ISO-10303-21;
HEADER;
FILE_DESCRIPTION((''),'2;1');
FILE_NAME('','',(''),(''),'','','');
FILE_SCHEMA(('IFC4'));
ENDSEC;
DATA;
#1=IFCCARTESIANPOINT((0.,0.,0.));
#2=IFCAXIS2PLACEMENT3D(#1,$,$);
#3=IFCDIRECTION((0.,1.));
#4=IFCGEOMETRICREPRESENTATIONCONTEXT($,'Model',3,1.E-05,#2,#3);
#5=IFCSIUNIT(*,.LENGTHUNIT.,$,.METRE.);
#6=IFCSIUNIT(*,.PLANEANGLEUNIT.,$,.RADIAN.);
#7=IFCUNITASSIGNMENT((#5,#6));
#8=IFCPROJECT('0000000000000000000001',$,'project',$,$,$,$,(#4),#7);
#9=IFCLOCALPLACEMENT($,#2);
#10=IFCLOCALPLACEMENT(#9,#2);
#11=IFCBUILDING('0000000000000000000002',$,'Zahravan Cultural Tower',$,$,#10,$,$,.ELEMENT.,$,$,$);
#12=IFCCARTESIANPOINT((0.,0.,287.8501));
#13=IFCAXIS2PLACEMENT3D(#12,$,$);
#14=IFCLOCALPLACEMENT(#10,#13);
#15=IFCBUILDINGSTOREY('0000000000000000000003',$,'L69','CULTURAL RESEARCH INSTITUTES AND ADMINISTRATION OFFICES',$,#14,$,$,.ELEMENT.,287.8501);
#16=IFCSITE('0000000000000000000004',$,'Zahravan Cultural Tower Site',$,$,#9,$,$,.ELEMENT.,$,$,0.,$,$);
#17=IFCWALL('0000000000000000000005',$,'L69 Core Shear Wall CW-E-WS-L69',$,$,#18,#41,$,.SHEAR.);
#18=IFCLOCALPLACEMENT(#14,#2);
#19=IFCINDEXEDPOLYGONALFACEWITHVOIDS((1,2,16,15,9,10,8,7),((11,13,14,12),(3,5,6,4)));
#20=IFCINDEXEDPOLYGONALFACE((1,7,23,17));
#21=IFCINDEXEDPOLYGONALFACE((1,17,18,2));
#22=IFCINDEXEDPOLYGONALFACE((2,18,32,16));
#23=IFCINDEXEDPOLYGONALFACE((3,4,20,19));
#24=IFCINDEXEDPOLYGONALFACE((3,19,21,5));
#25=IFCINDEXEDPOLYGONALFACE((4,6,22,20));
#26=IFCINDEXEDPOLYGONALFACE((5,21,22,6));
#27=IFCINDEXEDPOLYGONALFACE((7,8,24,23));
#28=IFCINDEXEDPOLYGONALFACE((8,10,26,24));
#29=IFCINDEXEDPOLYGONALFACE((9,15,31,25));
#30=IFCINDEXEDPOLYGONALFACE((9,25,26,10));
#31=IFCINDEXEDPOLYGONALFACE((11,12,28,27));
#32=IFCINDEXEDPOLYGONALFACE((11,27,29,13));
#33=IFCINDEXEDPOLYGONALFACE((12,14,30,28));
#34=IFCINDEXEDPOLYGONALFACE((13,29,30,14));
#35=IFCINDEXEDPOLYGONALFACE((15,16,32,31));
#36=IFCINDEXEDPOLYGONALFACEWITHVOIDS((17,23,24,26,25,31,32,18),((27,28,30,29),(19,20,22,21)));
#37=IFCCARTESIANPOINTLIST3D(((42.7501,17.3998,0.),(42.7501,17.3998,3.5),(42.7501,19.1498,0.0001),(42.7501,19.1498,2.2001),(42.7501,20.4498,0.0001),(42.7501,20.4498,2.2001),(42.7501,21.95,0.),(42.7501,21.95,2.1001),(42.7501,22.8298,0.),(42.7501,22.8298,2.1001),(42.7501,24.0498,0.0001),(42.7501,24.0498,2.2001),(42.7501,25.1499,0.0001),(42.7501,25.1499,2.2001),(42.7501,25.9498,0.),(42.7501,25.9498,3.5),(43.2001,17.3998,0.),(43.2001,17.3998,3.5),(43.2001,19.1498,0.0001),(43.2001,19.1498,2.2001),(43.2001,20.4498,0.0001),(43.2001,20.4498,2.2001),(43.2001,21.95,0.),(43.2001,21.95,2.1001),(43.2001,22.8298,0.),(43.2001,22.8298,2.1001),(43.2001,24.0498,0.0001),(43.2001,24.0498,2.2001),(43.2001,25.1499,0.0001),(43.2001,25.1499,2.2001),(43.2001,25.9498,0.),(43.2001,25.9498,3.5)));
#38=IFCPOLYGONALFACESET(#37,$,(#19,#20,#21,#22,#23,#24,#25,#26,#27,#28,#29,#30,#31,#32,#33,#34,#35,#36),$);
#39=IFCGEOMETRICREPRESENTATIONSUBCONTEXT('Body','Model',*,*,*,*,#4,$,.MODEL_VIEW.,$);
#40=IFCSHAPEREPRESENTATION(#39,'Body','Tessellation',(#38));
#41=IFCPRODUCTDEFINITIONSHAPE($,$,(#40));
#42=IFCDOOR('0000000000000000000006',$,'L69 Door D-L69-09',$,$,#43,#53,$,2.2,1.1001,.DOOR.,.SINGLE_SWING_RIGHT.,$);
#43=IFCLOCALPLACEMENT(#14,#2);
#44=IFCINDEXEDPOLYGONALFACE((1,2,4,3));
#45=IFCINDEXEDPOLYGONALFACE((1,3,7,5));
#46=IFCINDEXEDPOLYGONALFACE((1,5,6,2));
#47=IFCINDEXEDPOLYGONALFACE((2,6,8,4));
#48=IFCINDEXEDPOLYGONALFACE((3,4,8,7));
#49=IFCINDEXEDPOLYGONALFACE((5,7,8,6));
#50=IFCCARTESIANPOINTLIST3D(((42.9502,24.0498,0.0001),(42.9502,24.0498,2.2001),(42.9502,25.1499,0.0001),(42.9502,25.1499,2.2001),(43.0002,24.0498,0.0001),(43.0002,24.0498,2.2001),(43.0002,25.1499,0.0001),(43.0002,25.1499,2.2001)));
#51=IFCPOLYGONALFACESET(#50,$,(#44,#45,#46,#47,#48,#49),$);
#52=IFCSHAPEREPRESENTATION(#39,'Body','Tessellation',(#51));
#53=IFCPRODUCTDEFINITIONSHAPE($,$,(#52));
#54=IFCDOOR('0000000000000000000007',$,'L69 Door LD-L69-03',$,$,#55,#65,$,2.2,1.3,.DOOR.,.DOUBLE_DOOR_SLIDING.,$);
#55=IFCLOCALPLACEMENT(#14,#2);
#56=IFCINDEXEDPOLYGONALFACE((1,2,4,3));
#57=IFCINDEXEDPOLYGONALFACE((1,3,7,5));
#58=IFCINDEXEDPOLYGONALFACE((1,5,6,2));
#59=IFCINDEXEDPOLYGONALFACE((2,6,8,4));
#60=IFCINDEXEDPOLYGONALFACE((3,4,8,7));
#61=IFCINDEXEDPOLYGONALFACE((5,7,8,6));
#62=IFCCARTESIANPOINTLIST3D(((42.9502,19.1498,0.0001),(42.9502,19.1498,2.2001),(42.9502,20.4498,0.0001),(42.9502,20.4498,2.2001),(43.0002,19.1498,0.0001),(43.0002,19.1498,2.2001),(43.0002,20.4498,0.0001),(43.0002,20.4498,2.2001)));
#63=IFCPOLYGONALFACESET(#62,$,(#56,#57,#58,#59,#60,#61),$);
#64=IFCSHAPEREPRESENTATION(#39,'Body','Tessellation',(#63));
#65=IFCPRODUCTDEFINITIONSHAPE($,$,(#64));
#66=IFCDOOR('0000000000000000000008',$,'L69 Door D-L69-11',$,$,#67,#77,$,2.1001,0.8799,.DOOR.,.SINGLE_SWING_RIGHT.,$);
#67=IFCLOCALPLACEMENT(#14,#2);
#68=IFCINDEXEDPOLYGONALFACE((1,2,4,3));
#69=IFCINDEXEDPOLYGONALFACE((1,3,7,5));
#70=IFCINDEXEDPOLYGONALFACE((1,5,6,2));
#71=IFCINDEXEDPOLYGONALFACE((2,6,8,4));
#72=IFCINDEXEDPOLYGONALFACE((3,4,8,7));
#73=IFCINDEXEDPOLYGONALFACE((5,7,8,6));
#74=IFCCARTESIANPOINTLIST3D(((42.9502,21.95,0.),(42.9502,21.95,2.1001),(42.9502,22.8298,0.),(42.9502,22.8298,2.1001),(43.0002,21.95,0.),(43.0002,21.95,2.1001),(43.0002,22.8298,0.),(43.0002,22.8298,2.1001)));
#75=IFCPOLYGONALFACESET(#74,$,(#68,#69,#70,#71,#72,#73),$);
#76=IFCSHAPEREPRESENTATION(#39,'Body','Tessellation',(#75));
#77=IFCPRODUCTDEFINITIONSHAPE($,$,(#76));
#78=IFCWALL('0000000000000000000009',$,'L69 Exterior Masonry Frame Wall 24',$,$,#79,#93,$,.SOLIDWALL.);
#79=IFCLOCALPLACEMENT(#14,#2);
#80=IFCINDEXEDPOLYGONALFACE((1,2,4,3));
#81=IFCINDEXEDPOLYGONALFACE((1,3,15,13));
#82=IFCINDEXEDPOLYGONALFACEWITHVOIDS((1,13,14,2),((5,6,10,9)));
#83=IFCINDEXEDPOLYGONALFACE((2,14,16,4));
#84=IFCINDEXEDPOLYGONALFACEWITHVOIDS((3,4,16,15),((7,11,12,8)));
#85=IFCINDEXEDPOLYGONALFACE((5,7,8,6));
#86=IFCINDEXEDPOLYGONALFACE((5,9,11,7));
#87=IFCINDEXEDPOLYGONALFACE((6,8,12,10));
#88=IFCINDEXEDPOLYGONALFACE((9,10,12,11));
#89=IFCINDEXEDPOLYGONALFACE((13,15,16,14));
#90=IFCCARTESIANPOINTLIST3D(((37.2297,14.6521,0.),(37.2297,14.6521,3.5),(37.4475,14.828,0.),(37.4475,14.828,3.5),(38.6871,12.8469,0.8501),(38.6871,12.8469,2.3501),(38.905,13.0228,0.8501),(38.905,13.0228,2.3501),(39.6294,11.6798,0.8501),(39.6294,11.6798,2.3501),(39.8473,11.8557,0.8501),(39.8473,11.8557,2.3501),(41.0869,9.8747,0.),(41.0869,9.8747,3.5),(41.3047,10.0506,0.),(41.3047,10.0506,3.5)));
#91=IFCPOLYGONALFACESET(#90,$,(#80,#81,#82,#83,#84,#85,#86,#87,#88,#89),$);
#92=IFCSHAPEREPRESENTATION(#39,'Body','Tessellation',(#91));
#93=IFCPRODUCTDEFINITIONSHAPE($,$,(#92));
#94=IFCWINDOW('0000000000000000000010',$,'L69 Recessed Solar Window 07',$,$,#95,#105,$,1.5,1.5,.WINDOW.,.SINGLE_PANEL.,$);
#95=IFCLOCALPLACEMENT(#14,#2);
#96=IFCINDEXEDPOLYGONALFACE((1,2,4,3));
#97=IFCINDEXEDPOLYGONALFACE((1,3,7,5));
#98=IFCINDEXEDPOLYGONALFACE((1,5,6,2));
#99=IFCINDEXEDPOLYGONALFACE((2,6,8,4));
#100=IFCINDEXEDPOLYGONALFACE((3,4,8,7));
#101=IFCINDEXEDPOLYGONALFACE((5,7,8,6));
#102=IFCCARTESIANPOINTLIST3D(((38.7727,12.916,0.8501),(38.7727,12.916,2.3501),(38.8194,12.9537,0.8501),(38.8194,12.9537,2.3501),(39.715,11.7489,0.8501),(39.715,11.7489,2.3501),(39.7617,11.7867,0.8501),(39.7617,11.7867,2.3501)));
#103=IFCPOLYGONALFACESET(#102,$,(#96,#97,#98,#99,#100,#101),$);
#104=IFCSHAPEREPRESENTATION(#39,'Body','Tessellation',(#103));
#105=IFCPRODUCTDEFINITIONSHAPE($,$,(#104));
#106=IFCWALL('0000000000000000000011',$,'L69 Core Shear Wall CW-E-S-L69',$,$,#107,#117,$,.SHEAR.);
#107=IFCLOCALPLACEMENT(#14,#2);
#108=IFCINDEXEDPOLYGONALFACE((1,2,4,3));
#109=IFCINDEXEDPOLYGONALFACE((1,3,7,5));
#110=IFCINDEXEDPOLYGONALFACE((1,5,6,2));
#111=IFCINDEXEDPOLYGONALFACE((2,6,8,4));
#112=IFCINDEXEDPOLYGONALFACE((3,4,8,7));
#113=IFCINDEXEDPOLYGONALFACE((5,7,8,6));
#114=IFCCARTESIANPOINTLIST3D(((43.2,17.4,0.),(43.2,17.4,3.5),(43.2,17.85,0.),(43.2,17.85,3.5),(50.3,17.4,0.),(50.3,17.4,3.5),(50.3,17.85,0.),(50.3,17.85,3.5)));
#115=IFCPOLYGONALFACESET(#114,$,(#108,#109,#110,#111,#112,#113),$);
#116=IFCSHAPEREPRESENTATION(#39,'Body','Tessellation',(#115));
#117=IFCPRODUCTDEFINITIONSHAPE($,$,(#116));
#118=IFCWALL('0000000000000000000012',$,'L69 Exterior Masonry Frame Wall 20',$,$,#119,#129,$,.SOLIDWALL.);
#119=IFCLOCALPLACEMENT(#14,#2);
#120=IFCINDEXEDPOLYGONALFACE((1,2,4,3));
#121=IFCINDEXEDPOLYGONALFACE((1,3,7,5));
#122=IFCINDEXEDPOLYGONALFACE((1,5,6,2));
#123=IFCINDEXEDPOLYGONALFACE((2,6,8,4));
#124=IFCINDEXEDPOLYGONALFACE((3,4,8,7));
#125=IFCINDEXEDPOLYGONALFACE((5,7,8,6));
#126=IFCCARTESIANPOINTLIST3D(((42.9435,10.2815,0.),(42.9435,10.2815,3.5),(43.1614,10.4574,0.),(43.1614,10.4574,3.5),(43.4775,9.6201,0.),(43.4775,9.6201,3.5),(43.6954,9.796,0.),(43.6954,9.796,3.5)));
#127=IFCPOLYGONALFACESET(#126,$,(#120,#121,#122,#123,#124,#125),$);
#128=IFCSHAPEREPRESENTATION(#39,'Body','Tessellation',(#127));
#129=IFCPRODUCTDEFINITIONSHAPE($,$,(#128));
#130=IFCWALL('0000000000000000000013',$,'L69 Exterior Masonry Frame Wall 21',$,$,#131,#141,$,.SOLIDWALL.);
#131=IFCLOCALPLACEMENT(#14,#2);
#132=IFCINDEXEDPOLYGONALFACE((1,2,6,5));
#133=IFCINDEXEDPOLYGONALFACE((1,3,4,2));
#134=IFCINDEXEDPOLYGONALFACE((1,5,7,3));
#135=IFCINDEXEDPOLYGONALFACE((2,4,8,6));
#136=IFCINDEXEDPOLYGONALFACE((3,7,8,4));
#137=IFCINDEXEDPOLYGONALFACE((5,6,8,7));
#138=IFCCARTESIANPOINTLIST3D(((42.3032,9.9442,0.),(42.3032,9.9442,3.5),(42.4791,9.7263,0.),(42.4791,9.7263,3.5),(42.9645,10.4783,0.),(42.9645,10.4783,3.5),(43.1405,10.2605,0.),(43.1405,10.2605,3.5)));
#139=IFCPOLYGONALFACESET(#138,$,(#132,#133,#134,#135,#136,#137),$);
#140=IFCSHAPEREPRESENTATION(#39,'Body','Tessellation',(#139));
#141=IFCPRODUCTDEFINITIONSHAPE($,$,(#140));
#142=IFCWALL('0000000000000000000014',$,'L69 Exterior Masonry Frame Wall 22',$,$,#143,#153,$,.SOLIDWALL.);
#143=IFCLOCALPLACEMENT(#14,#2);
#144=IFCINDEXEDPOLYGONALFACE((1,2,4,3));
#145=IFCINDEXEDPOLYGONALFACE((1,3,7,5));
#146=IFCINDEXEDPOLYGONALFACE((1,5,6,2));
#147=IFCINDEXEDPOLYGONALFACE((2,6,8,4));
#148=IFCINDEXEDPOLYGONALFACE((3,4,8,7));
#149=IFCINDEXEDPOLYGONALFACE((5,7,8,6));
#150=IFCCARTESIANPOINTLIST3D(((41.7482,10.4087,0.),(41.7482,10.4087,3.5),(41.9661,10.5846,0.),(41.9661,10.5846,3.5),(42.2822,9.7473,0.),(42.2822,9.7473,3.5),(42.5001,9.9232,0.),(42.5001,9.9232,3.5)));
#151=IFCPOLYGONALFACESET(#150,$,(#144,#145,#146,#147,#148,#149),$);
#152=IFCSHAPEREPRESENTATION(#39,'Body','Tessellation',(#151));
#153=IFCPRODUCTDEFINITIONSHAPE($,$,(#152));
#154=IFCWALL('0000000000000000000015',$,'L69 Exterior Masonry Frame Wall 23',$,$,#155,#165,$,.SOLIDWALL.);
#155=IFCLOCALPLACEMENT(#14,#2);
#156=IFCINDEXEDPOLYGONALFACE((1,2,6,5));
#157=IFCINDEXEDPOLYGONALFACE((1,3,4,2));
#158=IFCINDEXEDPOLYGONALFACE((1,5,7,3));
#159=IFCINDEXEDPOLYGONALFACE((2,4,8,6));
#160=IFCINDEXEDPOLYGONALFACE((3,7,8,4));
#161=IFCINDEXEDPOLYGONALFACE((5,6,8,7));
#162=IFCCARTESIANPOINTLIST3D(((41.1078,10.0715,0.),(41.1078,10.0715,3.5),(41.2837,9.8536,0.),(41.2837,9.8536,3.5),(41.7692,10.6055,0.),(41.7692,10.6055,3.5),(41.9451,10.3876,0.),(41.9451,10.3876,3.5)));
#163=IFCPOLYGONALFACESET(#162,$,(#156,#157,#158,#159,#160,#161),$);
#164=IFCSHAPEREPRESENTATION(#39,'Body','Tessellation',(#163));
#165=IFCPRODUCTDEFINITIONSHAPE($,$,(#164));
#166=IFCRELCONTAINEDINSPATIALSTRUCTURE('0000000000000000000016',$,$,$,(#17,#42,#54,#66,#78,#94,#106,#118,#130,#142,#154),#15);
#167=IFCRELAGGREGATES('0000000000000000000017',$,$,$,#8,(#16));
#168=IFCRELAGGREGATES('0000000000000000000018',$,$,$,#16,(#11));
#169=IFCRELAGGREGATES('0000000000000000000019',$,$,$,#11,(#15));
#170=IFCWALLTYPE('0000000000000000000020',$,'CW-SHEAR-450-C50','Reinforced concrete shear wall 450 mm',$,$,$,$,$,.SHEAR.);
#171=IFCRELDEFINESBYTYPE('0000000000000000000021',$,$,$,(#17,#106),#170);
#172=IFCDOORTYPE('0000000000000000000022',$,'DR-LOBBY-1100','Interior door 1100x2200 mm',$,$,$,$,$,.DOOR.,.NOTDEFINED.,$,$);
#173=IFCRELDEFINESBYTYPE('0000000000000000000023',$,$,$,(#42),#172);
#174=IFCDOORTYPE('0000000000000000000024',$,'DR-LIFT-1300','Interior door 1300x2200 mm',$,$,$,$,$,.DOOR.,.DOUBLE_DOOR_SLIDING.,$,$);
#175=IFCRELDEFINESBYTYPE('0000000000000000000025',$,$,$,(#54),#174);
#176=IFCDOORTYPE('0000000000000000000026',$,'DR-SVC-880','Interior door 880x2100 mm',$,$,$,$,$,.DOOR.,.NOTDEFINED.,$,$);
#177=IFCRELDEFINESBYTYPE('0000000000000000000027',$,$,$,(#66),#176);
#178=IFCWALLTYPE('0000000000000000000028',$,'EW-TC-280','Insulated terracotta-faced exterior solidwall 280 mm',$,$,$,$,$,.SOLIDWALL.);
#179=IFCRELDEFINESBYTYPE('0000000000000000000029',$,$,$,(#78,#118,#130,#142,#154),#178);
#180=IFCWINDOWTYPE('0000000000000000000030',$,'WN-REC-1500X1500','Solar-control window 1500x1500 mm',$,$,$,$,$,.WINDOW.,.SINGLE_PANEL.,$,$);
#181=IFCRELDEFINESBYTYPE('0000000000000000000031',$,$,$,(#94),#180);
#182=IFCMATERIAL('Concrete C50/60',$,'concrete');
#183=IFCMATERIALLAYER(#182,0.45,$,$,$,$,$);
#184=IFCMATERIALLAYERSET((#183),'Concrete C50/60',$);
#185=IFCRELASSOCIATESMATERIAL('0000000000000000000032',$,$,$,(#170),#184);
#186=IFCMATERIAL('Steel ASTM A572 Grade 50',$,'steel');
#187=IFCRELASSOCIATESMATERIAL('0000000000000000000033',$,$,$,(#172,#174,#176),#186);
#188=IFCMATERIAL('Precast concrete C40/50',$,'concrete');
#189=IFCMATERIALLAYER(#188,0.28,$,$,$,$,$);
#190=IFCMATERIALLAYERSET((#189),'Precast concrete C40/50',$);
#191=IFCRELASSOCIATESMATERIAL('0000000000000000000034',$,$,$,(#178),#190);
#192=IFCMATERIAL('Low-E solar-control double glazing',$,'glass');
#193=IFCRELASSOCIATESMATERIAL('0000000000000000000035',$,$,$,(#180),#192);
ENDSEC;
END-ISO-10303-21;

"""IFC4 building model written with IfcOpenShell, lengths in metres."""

from ifc_helpers import new_model, si_unit, direction, frame, frame_2d, origin, place, context, subcontext, project, spatial, rectangle, extrude, source, transform, mapped, material, layer, layer_set, type_object, element, fill, save


model = new_model("IFC4")

# Units and contexts
model_context = context("Model", 3, precision=1e-05, world=origin(), true_north=direction((0.0, 1.0)))
body_context = subcontext(model_context, "Body", "Model", "MODEL_VIEW")
ifc_project = project(units=[si_unit("LENGTHUNIT", "METRE"), si_unit("PLANEANGLEUNIT", "RADIAN")], contexts=[model_context])

# Site, building, storey
site_placement = place(None, origin())
site = spatial("IfcSite", under=ifc_project, at=site_placement, Name="Zahravan Cultural Tower Site", CompositionType="ELEMENT", RefElevation=0.0)
building_placement = place(site_placement, origin())
building = spatial("IfcBuilding", under=site, at=building_placement, Name="Zahravan Cultural Tower", CompositionType="ELEMENT")
storey_placement = place(building_placement, frame((0.0, 0.0, 287.8501)))
storey = spatial("IfcBuildingStorey", under=building, at=storey_placement, Name="L69", Description="CULTURAL RESEARCH INSTITUTES AND ADMINISTRATION OFFICES", CompositionType="ELEMENT", Elevation=287.8501)

# Shared definitions
ifc_material_1 = material(Name="Concrete C50/60", Category="concrete")

# Wall, openings, doors
ifc_layer_1 = layer(ifc_material_1, 0.45)
ifc_layer_set_1 = layer_set([ifc_layer_1], Name="Concrete C50/60")
wall_type_1 = type_object("IfcWallType", Name="CW-SHEAR-450-C50", Description="Reinforced concrete shear wall 450 mm", PredefinedType="SHEAR", material=ifc_layer_set_1)
wall_1_placement = place(storey_placement, frame((42.9751, 17.3999, 0.0), z_axis=(0.0, 0.0, 1.0), x_axis=(0.0, 1.0, 0.0)))
wall_1 = element("IfcWall", 1, at=wall_1_placement, inside=storey, type_object=wall_type_1, Name="L69 Core Shear Wall CW-E-WS-L69", PredefinedType="SHEAR", context=body_context, shape_type="SweptSolid", body=[
    extrude(rectangle(XDim=8.55, YDim=0.45, at=frame_2d((4.2749, 0.0))), origin(), (0.0, 0.0, 1.0), 3.5),
])
opening_1_placement = place(wall_1_placement, frame((6.6499, 0.0, 0.0)))
opening_1 = element("IfcOpeningElement", 2, at=opening_1_placement, cuts=wall_1, PredefinedType="OPENING", context=body_context, shape_type="SweptSolid", body=[
    extrude(rectangle(XDim=1.1001, YDim=2.2, at=frame_2d((0.55, 1.1001))), frame((0.0, 0.2349, 0.0), z_axis=(0.0, -1.0, 0.0), x_axis=(1.0, 0.0, 0.0)), (0.0, 0.0, 1.0), 0.47),
])
opening_2_placement = place(wall_1_placement, frame((1.75, 0.0, 0.0)))
opening_2 = element("IfcOpeningElement", 3, at=opening_2_placement, cuts=wall_1, PredefinedType="OPENING", context=body_context, shape_type="SweptSolid", body=[
    extrude(rectangle(XDim=1.3, YDim=2.2, at=frame_2d((0.6499, 1.1001))), frame((0.0, 0.2349, 0.0), z_axis=(0.0, -1.0, 0.0), x_axis=(1.0, 0.0, 0.0)), (0.0, 0.0, 1.0), 0.47),
])
opening_3_placement = place(wall_1_placement, frame((4.55, 0.0, 0.0)))
opening_3 = element("IfcOpeningElement", 4, at=opening_3_placement, cuts=wall_1, PredefinedType="OPENING", context=body_context, shape_type="SweptSolid", body=[
    extrude(rectangle(XDim=0.8799, YDim=2.1001, at=frame_2d((0.4399, 1.05))), frame((0.0, 0.2349, 0.0), z_axis=(0.0, -1.0, 0.0), x_axis=(1.0, 0.0, 0.0)), (0.0, 0.0, 1.0), 0.47),
])
ifc_material_2 = material(Name="Steel ASTM A572 Grade 50", Category="steel")
door_type_1 = type_object("IfcDoorType", Name="DR-LOBBY-1100", Description="Interior door 1100x2200 mm", OperationType="NOTDEFINED", PredefinedType="DOOR", material=ifc_material_2)
shared_shape_1 = source(origin(), body_context, "Body", "SweptSolid", [
    extrude(rectangle(XDim=1.1001, YDim=2.2, at=frame_2d((0.55, 1.1001))), frame((0.0, 0.0249, 0.0), z_axis=(0.0, -1.0, 0.0), x_axis=(1.0, 0.0, 0.0)), (0.0, 0.0, 1.0), 0.05),
])
door_1_placement = place(opening_1_placement, origin())
door_1 = element("IfcDoor", 5, at=door_1_placement, inside=storey, type_object=door_type_1, Name="L69 Door D-L69-09", OperationType="SINGLE_SWING_RIGHT", OverallHeight=2.2, OverallWidth=1.1001, PredefinedType="DOOR", context=body_context, shape_type="MappedRepresentation", body=[
    mapped(shared_shape_1, transform((0.0, 0.0, 0.0), x_axis=(1.0, 0.0, 0.0), y_axis=(0.0, 1.0, 0.0), z_axis=(0.0, 0.0, 1.0), scale=1.0)),
])
fill(opening_1, door_1)
door_type_2 = type_object("IfcDoorType", Name="DR-LIFT-1300", Description="Interior door 1300x2200 mm", OperationType="DOUBLE_DOOR_SLIDING", PredefinedType="DOOR", material=ifc_material_2)
shared_shape_2 = source(origin(), body_context, "Body", "SweptSolid", [
    extrude(rectangle(XDim=1.3, YDim=2.2, at=frame_2d((0.6499, 1.1001))), frame((0.0, 0.0249, 0.0), z_axis=(0.0, -1.0, 0.0), x_axis=(1.0, 0.0, 0.0)), (0.0, 0.0, 1.0), 0.05),
])
door_2_placement = place(opening_2_placement, origin())
door_2 = element("IfcDoor", 6, at=door_2_placement, inside=storey, type_object=door_type_2, Name="L69 Door LD-L69-03", OperationType="DOUBLE_DOOR_SLIDING", OverallHeight=2.2, OverallWidth=1.3, PredefinedType="DOOR", context=body_context, shape_type="MappedRepresentation", body=[
    mapped(shared_shape_2, transform((0.0, 0.0, 0.0), x_axis=(1.0, 0.0, 0.0), y_axis=(0.0, 1.0, 0.0), z_axis=(0.0, 0.0, 1.0), scale=1.0)),
])
fill(opening_2, door_2)
door_type_3 = type_object("IfcDoorType", Name="DR-SVC-880", Description="Interior door 880x2100 mm", OperationType="NOTDEFINED", PredefinedType="DOOR", material=ifc_material_2)
shared_shape_3 = source(origin(), body_context, "Body", "SweptSolid", [
    extrude(rectangle(XDim=0.8799, YDim=2.1001, at=frame_2d((0.4399, 1.05))), frame((0.0, 0.0249, 0.0), z_axis=(0.0, -1.0, 0.0), x_axis=(1.0, 0.0, 0.0)), (0.0, 0.0, 1.0), 0.05),
])
door_3_placement = place(opening_3_placement, origin())
door_3 = element("IfcDoor", 7, at=door_3_placement, inside=storey, type_object=door_type_3, Name="L69 Door D-L69-11", OperationType="SINGLE_SWING_RIGHT", OverallHeight=2.1001, OverallWidth=0.8799, PredefinedType="DOOR", context=body_context, shape_type="MappedRepresentation", body=[
    mapped(shared_shape_3, transform((0.0, 0.0, 0.0), x_axis=(1.0, 0.0, 0.0), y_axis=(0.0, 1.0, 0.0), z_axis=(0.0, 0.0, 1.0), scale=1.0)),
])
fill(opening_3, door_3)

# Wall, opening, window
ifc_material_3 = material(Name="Precast concrete C40/50", Category="concrete")
ifc_layer_2 = layer(ifc_material_3, 0.28)
ifc_layer_set_2 = layer_set([ifc_layer_2], Name="Precast concrete C40/50")
wall_type_2 = type_object("IfcWallType", Name="EW-TC-280", Description="Insulated terracotta-faced exterior solidwall 280 mm", PredefinedType="SOLIDWALL", material=ifc_layer_set_2)
wall_2_placement = place(storey_placement, frame((41.1958, 9.9626, 0.0), z_axis=(0.0, 0.0, 1.0), x_axis=(-0.628195, 0.778056, 0.0)))
wall_2 = element("IfcWall", 8, at=wall_2_placement, inside=storey, type_object=wall_type_2, Name="L69 Exterior Masonry Frame Wall 24", PredefinedType="SOLIDWALL", context=body_context, shape_type="SweptSolid", body=[
    extrude(rectangle(XDim=6.1401, YDim=0.28, at=frame_2d((3.0701, 0.0))), origin(), (0.0, 0.0, 1.0), 3.5),
])
opening_4_placement = place(wall_2_placement, frame((2.3201, 0.0, 0.8501)))
opening_4 = element("IfcOpeningElement", 9, at=opening_4_placement, cuts=wall_2, PredefinedType="OPENING", context=body_context, shape_type="SweptSolid", body=[
    extrude(rectangle(XDim=1.5, YDim=1.5, at=frame_2d((0.75, 0.75))), frame((0.0, 0.1499, 0.0), z_axis=(0.0, -1.0, 0.0), x_axis=(1.0, 0.0, 0.0)), (0.0, 0.0, 1.0), 0.3),
])
ifc_material_4 = material(Name="Low-E solar-control double glazing", Category="glass")
window_type = type_object("IfcWindowType", Name="WN-REC-1500X1500", Description="Solar-control window 1500x1500 mm", PartitioningType="SINGLE_PANEL", PredefinedType="WINDOW", material=ifc_material_4)
shared_shape_4 = source(origin(), body_context, "Body", "SweptSolid", [
    extrude(rectangle(XDim=1.5, YDim=1.5, at=frame_2d((0.75, 0.75))), frame((0.0, 0.03, 0.0), z_axis=(0.0, -1.0, 0.0), x_axis=(1.0, 0.0, 0.0)), (0.0, 0.0, 1.0), 0.0601),
])
window_placement = place(opening_4_placement, origin())
window = element("IfcWindow", 10, at=window_placement, inside=storey, type_object=window_type, Name="L69 Recessed Solar Window 07", OverallHeight=1.5, OverallWidth=1.5, PartitioningType="SINGLE_PANEL", PredefinedType="WINDOW", context=body_context, shape_type="MappedRepresentation", body=[
    mapped(shared_shape_4, transform((0.0, 0.0, 0.0), x_axis=(1.0, 0.0, 0.0), y_axis=(0.0, 1.0, 0.0), z_axis=(0.0, 0.0, 1.0), scale=1.0)),
])
fill(opening_4, window)

# Walls
shared_shape_5 = source(origin(), body_context, "Body", "SweptSolid", [
    extrude(rectangle(XDim=7.1001, YDim=0.45, at=frame_2d((3.55, 0.0))), origin(), (0.0, 0.0, 1.0), 3.5),
])
wall_3_placement = place(storey_placement, frame((43.2, 17.625, 0.0), z_axis=(0.0, 0.0, 1.0), x_axis=(1.0, 0.0, 0.0)))
element("IfcWall", 11, at=wall_3_placement, inside=storey, type_object=wall_type_1, Name="L69 Core Shear Wall CW-E-S-L69", PredefinedType="SHEAR", context=body_context, shape_type="MappedRepresentation", body=[
    mapped(shared_shape_5, transform((0.0, 0.0, 0.0), x_axis=(1.0, 0.0, 0.0), y_axis=(0.0, 1.0, 0.0), z_axis=(0.0, 0.0, 1.0), scale=1.0)),
])
shared_shape_6 = source(origin(), body_context, "Body", "SweptSolid", [
    extrude(rectangle(XDim=0.8501, YDim=0.28, at=frame_2d((0.425, 0.0))), origin(), (0.0, 0.0, 1.0), 3.5),
])
for number, where, z_axis, x_axis, name in (
    (12, (43.5864, 9.708, 0.0), (0.0, 0.0, 1.0), (-0.628157, 0.778087, 0.0), "L69 Exterior Masonry Frame Wall 20"),
    (13, (43.0525, 10.3694, 0.0), (0.0, 0.0, 1.0), (-0.777947, -0.62833, 0.0), "L69 Exterior Masonry Frame Wall 21"),
    (14, (42.3911, 9.8352, 0.0), (0.0, 0.0, 1.0), (-0.628157, 0.778087, 0.0), "L69 Exterior Masonry Frame Wall 22"),
    (15, (41.8572, 10.4966, 0.0), (0.0, 0.0, 1.0), (-0.778087, -0.628157, 0.0), "L69 Exterior Masonry Frame Wall 23"),
):
    element("IfcWall", number, at=place(storey_placement, frame(where, z_axis=z_axis, x_axis=x_axis)), inside=storey, type_object=wall_type_2, Name=name, PredefinedType="SOLIDWALL", context=body_context, shape_type="MappedRepresentation", body=[
        mapped(shared_shape_6, transform((0.0, 0.0, 0.0), x_axis=(1.0, 0.0, 0.0), y_axis=(0.0, 1.0, 0.0), z_axis=(0.0, 0.0, 1.0), scale=1.0)),
    ])

save(model, "model.ifc")
